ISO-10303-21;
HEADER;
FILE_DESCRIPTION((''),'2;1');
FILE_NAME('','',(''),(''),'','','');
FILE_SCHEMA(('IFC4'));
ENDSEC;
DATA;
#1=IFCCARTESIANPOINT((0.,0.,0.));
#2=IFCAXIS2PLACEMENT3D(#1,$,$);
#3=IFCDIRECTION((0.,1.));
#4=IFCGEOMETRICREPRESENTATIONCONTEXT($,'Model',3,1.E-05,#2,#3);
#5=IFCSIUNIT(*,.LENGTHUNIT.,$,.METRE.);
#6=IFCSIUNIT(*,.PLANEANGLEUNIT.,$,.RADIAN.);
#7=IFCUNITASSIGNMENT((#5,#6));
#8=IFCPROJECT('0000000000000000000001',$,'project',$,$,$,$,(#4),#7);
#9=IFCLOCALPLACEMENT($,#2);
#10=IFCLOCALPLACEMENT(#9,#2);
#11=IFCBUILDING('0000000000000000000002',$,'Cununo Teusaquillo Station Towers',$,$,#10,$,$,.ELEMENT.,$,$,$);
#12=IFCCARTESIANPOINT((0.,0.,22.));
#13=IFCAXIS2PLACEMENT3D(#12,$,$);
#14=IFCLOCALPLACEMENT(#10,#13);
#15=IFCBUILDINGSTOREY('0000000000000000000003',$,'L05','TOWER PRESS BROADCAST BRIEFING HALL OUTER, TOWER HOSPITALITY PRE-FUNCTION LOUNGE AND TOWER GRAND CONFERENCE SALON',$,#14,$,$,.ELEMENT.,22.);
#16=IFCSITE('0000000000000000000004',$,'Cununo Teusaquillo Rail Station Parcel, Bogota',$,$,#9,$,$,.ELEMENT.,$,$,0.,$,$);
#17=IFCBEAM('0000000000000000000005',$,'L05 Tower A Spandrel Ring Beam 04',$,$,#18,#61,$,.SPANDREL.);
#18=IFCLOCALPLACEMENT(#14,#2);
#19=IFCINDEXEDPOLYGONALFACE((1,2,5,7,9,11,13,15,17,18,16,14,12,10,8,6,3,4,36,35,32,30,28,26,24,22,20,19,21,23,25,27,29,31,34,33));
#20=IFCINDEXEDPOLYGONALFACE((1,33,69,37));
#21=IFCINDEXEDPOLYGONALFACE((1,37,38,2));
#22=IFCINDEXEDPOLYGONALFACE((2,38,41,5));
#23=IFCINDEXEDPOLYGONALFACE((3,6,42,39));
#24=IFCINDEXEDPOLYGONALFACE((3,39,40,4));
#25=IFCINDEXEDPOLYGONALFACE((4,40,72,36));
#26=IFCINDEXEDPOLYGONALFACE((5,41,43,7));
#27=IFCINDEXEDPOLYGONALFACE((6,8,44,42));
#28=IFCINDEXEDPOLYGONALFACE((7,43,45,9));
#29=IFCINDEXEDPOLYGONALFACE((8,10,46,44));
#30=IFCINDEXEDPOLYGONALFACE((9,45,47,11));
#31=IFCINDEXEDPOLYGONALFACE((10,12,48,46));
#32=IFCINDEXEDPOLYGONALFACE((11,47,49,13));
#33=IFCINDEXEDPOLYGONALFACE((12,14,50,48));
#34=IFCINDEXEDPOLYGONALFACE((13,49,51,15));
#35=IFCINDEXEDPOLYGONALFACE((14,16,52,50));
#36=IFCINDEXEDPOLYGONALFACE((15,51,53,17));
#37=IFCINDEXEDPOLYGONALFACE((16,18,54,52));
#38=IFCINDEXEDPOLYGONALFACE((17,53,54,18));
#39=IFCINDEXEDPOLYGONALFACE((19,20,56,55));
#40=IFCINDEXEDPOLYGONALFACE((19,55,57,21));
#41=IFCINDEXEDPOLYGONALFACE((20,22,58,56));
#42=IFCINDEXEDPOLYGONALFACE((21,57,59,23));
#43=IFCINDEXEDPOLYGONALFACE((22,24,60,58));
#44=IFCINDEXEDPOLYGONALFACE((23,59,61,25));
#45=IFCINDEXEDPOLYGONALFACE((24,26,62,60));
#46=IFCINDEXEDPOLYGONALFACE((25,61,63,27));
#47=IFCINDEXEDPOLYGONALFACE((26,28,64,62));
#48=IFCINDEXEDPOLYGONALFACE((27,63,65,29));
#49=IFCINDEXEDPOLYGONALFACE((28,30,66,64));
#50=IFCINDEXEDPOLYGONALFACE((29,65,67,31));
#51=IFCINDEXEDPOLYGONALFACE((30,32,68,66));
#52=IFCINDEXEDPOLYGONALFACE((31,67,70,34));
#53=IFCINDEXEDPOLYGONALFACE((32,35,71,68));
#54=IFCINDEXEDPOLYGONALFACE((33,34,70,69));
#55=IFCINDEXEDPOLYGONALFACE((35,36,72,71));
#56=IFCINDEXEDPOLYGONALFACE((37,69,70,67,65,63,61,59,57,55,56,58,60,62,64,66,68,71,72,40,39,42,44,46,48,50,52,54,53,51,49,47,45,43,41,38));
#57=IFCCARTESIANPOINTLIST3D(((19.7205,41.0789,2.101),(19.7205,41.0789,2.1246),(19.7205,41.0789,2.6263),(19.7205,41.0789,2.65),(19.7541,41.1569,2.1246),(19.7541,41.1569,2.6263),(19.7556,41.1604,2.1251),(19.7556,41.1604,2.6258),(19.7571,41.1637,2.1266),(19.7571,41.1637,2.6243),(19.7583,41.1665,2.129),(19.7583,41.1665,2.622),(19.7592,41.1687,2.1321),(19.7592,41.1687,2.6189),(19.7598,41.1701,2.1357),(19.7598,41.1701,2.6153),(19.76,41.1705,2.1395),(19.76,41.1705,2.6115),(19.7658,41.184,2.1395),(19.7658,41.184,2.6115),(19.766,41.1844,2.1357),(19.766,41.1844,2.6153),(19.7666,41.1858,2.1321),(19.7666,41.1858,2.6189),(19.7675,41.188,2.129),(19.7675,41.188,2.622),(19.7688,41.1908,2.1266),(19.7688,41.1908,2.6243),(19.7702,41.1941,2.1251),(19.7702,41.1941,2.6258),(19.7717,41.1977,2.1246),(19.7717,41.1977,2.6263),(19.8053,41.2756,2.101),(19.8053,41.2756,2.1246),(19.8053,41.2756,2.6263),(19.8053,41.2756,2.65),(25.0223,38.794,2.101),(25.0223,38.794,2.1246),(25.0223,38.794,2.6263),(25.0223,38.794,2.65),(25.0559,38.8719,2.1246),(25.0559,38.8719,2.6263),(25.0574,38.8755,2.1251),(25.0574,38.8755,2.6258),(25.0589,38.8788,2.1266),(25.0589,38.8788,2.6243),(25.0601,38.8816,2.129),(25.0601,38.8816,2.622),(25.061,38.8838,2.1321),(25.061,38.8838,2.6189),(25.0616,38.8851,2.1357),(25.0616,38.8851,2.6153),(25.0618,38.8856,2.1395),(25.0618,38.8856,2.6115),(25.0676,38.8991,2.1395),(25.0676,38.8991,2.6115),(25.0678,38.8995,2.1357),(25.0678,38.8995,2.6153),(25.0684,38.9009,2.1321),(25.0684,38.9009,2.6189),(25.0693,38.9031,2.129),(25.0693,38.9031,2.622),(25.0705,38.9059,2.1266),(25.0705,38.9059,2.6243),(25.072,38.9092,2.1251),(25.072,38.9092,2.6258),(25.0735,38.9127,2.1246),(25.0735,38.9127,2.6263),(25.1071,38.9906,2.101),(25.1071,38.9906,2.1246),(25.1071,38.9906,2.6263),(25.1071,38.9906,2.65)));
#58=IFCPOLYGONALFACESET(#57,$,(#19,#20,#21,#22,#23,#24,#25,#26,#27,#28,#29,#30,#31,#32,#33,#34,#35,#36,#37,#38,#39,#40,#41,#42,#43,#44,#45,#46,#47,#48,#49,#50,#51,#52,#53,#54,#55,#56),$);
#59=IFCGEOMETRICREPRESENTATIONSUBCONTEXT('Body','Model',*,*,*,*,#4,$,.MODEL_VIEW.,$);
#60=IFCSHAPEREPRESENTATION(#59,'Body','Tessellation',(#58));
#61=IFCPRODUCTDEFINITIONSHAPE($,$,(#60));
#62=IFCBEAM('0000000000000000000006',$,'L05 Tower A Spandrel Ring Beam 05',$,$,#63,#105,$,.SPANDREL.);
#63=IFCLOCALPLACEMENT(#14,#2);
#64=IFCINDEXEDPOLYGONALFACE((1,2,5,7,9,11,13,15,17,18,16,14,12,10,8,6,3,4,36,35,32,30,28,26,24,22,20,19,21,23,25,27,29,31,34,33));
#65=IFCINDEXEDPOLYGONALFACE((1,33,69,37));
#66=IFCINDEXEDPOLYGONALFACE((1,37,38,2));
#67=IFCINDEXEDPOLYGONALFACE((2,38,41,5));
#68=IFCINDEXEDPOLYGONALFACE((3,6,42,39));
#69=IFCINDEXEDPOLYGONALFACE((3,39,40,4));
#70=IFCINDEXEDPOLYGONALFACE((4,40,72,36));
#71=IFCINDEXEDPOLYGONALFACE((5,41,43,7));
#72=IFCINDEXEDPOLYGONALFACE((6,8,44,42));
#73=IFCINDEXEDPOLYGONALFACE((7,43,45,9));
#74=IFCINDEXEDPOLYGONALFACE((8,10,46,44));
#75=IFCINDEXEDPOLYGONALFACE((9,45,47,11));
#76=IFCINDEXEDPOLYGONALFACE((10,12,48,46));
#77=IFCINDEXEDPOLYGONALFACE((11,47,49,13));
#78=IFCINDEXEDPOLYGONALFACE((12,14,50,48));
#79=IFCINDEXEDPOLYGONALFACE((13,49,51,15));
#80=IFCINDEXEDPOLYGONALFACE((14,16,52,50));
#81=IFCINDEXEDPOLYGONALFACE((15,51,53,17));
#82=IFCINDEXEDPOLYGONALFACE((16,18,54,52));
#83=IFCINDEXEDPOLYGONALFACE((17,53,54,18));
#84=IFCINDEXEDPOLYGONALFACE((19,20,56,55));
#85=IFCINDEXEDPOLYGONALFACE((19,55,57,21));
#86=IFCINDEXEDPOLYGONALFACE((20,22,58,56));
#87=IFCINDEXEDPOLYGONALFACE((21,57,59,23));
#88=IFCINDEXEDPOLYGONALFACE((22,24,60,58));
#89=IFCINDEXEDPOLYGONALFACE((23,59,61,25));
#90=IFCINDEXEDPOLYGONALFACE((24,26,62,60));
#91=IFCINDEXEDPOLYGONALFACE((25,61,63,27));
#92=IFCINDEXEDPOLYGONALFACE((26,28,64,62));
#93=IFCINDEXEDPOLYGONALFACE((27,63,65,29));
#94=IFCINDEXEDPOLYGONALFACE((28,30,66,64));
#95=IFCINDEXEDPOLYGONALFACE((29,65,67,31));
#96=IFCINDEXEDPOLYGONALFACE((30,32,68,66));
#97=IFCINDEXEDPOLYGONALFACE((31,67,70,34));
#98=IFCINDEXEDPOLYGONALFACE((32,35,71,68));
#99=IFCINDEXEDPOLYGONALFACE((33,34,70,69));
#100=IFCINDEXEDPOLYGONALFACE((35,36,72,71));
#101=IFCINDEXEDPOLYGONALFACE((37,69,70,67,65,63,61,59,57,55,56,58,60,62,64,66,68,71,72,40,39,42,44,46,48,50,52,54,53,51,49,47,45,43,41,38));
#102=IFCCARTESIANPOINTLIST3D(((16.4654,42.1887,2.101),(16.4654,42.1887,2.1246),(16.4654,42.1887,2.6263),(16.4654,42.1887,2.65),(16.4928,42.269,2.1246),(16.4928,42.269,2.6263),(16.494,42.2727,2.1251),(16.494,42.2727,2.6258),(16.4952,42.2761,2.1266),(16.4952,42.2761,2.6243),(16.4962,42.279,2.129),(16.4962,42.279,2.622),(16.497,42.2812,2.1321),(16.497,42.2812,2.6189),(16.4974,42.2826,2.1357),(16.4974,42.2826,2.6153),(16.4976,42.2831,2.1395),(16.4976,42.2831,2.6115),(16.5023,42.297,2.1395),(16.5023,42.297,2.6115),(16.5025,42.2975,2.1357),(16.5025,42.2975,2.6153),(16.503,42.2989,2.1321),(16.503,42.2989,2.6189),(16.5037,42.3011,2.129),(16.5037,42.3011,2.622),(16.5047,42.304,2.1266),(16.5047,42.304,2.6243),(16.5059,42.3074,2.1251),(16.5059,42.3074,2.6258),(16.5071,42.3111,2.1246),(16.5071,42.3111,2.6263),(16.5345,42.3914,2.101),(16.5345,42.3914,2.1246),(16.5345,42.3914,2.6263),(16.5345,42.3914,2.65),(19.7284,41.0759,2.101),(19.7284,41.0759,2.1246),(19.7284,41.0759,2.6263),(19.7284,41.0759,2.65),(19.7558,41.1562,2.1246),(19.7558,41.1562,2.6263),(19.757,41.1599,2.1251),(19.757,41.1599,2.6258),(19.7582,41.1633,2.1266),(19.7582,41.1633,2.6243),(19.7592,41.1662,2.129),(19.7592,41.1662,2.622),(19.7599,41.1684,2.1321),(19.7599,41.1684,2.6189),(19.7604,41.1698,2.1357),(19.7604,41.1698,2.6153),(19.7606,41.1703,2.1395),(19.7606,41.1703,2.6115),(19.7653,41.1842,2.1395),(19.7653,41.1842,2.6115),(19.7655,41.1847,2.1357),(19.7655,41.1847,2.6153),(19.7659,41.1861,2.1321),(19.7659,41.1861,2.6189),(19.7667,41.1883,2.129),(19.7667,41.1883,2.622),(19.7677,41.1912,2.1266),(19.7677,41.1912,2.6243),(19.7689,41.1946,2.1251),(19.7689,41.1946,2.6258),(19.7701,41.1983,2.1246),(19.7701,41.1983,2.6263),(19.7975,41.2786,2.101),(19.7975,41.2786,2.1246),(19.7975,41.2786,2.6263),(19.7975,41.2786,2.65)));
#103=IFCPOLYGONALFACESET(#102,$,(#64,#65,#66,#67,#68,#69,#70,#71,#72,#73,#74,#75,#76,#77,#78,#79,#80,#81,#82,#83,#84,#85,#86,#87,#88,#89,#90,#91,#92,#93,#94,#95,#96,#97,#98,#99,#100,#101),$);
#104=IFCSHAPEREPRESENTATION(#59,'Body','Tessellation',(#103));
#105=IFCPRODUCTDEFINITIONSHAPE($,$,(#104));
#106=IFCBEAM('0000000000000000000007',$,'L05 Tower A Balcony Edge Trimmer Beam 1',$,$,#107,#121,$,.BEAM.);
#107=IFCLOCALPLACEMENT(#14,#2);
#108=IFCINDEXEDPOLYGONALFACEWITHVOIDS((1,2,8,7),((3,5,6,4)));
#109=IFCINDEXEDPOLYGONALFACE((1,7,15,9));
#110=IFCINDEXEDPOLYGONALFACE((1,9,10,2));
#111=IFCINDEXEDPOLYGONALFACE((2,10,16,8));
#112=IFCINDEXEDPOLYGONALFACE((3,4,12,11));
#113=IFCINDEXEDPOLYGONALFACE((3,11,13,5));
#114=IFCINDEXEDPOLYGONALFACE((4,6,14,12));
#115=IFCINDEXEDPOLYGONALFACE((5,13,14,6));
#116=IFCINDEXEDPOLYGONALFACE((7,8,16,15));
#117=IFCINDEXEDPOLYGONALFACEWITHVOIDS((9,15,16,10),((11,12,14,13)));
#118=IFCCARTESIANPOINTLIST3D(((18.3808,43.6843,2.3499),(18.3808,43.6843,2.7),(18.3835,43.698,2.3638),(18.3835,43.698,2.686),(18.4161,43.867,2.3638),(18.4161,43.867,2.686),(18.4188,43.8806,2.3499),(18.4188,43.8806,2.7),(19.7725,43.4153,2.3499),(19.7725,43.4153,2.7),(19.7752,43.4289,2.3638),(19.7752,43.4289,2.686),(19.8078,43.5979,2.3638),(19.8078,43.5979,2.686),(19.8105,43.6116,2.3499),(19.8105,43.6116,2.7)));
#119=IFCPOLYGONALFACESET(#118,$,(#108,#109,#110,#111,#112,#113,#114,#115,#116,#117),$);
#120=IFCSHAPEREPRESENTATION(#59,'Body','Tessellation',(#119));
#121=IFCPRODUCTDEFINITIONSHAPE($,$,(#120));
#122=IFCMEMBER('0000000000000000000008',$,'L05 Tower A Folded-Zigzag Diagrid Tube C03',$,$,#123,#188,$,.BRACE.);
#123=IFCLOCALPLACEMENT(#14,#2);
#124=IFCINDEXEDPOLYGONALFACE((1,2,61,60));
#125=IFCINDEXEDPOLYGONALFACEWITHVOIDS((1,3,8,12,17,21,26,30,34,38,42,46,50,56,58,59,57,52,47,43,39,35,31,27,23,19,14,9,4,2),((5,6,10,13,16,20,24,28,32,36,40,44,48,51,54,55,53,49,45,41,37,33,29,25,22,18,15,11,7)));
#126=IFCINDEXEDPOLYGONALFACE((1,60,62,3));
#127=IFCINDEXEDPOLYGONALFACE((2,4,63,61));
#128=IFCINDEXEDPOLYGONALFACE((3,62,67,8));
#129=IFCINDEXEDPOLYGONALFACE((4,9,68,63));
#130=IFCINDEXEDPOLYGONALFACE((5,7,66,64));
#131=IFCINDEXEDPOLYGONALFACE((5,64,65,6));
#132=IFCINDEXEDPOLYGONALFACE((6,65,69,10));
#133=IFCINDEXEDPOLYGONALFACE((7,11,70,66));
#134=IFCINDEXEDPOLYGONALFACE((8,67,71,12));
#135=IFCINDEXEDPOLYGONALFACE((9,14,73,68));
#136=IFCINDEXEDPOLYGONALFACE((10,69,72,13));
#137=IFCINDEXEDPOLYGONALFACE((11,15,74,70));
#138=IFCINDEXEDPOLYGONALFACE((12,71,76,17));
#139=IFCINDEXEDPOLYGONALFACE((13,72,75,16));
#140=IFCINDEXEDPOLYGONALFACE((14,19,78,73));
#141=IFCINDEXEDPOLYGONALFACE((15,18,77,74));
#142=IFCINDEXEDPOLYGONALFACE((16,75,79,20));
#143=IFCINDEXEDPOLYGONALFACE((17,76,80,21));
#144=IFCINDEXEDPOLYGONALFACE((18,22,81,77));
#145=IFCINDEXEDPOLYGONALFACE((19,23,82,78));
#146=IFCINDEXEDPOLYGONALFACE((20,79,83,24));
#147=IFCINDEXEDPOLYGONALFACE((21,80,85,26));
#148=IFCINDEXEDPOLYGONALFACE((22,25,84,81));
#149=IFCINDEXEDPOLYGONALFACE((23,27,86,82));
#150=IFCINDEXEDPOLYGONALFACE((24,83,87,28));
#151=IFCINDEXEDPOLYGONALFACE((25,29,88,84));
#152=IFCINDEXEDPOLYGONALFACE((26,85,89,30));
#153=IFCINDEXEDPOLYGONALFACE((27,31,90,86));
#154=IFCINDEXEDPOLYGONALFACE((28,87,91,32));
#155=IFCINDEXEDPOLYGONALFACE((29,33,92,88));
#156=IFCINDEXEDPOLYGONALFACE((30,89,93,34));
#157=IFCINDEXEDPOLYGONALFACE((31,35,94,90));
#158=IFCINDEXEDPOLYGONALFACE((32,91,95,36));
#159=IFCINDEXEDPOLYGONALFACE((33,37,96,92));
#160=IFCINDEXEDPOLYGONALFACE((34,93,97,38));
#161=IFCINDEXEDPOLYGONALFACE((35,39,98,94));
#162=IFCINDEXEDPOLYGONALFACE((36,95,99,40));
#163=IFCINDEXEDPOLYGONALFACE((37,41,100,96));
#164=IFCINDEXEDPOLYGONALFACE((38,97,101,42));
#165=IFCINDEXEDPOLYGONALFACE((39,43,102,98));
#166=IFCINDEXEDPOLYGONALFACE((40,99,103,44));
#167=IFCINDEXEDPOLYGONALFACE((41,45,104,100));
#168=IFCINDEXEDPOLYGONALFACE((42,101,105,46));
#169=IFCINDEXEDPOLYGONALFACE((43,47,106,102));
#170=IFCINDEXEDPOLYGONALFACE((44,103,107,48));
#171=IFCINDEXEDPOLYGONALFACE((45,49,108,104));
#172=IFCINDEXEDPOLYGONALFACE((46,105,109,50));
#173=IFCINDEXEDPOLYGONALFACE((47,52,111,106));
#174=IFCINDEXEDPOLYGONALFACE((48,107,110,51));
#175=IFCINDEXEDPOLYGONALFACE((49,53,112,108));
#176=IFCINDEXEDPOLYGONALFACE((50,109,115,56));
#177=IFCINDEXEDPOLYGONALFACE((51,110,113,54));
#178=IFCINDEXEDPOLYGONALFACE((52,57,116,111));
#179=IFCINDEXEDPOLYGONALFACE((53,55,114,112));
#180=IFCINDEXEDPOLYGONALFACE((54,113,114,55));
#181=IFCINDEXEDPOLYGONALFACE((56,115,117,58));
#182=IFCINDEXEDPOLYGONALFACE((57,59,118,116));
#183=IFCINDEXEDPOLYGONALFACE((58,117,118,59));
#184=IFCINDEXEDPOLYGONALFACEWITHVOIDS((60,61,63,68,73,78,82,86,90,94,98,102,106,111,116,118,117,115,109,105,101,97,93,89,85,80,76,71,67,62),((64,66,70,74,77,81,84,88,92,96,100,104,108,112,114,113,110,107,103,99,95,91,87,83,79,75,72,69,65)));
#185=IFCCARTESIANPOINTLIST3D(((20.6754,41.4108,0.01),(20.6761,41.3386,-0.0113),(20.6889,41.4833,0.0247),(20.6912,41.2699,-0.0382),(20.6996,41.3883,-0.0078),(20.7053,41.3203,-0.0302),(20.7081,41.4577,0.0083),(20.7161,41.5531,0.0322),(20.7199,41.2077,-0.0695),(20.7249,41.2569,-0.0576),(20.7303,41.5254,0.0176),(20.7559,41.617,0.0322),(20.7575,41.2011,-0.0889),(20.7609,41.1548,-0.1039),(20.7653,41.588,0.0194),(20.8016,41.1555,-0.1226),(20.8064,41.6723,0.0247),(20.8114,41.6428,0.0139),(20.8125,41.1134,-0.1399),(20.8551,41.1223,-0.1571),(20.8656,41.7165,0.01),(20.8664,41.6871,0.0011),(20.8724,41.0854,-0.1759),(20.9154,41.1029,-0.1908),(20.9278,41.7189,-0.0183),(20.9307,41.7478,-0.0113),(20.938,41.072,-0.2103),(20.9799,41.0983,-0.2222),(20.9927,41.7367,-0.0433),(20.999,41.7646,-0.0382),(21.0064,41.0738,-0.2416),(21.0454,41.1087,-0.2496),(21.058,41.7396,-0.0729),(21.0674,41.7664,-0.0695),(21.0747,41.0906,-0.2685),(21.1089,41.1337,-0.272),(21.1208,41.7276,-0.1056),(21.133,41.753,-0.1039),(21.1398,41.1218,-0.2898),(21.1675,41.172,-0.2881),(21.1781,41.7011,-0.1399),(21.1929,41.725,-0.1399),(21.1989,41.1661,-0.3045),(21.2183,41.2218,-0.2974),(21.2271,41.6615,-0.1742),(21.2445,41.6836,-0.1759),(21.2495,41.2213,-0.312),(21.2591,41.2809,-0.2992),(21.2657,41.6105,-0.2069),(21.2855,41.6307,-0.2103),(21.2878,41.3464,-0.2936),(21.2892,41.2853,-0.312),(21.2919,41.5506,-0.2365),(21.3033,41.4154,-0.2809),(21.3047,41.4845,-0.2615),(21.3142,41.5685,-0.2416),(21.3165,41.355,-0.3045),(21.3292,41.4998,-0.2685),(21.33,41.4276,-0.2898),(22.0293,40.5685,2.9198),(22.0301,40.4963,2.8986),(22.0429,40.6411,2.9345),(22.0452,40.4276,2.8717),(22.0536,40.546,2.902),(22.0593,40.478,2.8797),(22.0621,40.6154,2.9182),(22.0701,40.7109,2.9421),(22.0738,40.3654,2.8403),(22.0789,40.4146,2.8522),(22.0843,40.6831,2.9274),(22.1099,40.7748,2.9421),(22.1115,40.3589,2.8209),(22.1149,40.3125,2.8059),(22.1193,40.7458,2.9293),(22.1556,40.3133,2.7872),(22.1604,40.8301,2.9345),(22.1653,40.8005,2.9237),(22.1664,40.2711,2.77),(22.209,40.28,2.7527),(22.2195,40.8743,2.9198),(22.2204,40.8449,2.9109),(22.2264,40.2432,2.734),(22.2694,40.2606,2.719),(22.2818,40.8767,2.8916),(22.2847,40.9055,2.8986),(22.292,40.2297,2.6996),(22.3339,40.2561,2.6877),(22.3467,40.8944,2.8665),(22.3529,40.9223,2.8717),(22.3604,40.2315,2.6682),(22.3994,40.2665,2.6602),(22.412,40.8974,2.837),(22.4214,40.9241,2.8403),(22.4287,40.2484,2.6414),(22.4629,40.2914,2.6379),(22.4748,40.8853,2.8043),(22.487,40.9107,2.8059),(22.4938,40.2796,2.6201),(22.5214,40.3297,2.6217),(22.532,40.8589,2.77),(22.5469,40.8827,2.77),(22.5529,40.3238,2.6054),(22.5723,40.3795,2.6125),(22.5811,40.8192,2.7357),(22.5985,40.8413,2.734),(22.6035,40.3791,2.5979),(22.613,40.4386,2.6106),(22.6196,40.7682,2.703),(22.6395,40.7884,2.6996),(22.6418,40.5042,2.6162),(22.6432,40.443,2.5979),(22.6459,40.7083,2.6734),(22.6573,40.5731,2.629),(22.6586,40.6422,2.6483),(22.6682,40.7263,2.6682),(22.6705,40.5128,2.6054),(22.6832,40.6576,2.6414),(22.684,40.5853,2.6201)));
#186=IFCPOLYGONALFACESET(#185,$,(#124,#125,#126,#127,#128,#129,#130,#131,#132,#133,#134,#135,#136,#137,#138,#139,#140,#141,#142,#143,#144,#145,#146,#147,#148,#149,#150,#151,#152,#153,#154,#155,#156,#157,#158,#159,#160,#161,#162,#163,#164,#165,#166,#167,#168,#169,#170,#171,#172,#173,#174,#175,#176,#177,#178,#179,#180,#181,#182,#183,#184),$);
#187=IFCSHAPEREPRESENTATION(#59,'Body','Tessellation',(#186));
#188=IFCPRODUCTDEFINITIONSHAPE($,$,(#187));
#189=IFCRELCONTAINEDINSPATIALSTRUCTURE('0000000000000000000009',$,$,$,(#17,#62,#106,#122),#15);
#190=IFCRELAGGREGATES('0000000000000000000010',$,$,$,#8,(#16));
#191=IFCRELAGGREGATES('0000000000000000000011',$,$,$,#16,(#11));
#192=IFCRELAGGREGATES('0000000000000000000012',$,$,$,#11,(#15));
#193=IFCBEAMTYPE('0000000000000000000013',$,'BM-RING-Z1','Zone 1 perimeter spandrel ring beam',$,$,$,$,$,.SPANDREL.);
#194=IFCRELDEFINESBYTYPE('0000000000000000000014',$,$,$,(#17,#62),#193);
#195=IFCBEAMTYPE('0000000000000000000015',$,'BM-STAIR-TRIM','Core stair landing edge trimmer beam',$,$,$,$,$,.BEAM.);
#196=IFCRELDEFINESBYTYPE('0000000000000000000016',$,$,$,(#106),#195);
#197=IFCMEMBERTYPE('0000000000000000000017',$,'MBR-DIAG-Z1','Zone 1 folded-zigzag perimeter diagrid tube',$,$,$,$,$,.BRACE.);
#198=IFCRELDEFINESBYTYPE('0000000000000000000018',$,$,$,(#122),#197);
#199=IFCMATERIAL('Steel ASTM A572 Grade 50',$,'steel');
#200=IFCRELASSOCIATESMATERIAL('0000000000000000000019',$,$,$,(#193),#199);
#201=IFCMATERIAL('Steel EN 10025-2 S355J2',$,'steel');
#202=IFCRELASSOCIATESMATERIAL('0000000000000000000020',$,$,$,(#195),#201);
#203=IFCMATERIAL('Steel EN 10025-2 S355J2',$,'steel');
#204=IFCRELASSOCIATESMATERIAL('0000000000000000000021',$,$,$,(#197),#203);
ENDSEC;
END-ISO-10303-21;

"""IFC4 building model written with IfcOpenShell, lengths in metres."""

from ifc_helpers import new_model, si_unit, direction, frame, origin, origin_2d, place, context, subcontext, project, spatial, hollow_rectangle, hollow_circle, i_section, extrude, material, material_profile, profile_set, type_object, element, save


model = new_model("IFC4")

# Units and contexts
model_context = context("Model", 3, precision=1e-05, world=origin(), true_north=direction((0.0, 1.0)))
body_context = subcontext(model_context, "Body", "Model", "MODEL_VIEW")
ifc_project = project(units=[si_unit("LENGTHUNIT", "METRE"), si_unit("PLANEANGLEUNIT", "RADIAN")], contexts=[model_context])

# Site, building, storey
site_placement = place(None, origin())
site = spatial("IfcSite", under=ifc_project, at=site_placement, Name="Cununo Teusaquillo Rail Station Parcel, Bogota", CompositionType="ELEMENT", RefElevation=0.0)
building_placement = place(site_placement, origin())
building = spatial("IfcBuilding", under=site, at=building_placement, Name="Cununo Teusaquillo Station Towers", CompositionType="ELEMENT")
storey_placement = place(building_placement, frame((0.0, 0.0, 22.0)))
storey = spatial("IfcBuildingStorey", under=building, at=storey_placement, Name="L05", Description="TOWER PRESS BROADCAST BRIEFING HALL OUTER, TOWER HOSPITALITY PRE-FUNCTION LOUNGE AND TOWER GRAND CONFERENCE SALON", CompositionType="ELEMENT", Elevation=22.0)

# Beams
ifc_material_1 = material(Name="Steel ASTM A572 Grade 50", Category="steel")
ifc_material_profile_1 = material_profile(ifc_material_1, i_section(OverallWidth=0.2141, OverallDepth=0.5491, WebThickness=0.0146, FlangeThickness=0.0237, FilletRadius=0.0149, at=origin_2d()), Name="W21X93")
ifc_profile_set_1 = profile_set([ifc_material_profile_1], Name="Steel ASTM A572 Grade 50")
beam_type_1 = type_object("IfcBeamType", Name="BM-RING-Z1", Description="Zone 1 perimeter spandrel ring beam", PredefinedType="SPANDREL", material=ifc_profile_set_1)
beam_1_placement = place(storey_placement, frame((25.0647, 38.8923, 2.3755), z_axis=(-0.918345, 0.395781, 0.0), x_axis=(-0.395781, -0.918345, 0.0)))
element("IfcBeam", 1, at=beam_1_placement, inside=storey, type_object=beam_type_1, Name="L05 Tower A Spandrel Ring Beam 04", PredefinedType="SPANDREL", context=body_context, shape_type="SweptSolid", body=[
    extrude(i_section(OverallWidth=0.2141, OverallDepth=0.5491, WebThickness=0.0146, FlangeThickness=0.0237, FilletRadius=0.0149, at=origin_2d()), origin(), (0.0, 0.0, 1.0), 5.7732),
])
beam_2_placement = place(storey_placement, frame((19.7629, 41.1772, 2.3755), z_axis=(-0.946472, 0.322785, 0.0), x_axis=(-0.322785, -0.946472, 0.0)))
element("IfcBeam", 2, at=beam_2_placement, inside=storey, type_object=beam_type_1, Name="L05 Tower A Spandrel Ring Beam 05", PredefinedType="SPANDREL", context=body_context, shape_type="SweptSolid", body=[
    extrude(i_section(OverallWidth=0.2141, OverallDepth=0.5491, WebThickness=0.0146, FlangeThickness=0.0237, FilletRadius=0.0149, at=origin_2d()), origin(), (0.0, 0.0, 1.0), 3.4475),
])
ifc_material_2 = material(Name="Steel EN 10025-2 S355J2", Category="steel")
ifc_material_profile_2 = material_profile(ifc_material_2, hollow_rectangle(XDim=0.2, YDim=0.3501, WallThickness=0.0139, at=origin_2d()), Name="RHS 350x200x14")
ifc_profile_set_2 = profile_set([ifc_material_profile_2], Name="Steel EN 10025-2 S355J2")
beam_type_2 = type_object("IfcBeamType", Name="BM-STAIR-TRIM", Description="Core stair landing edge trimmer beam", PredefinedType="BEAM", material=ifc_profile_set_2)
beam_3_placement = place(storey_placement, frame((19.7915, 43.5134, 2.5249), z_axis=(-0.981819, 0.189818, 0.0), x_axis=(-0.189818, -0.981819, 0.0)))
element("IfcBeam", 3, at=beam_3_placement, inside=storey, type_object=beam_type_2, Name="L05 Tower A Balcony Edge Trimmer Beam 1", PredefinedType="BEAM", context=body_context, shape_type="SweptSolid", body=[
    extrude(hollow_rectangle(XDim=0.2, YDim=0.3501, WallThickness=0.0139, at=origin_2d()), origin(), (0.0, 0.0, 1.0), 1.4175),
])

# Member
ifc_material_3 = material(Name="Steel EN 10025-2 S355J2", Category="steel")
ifc_material_profile_3 = material_profile(ifc_material_3, hollow_circle(Radius=0.3601, WallThickness=0.0281, at=origin_2d()), Name="CHS 720x28")
ifc_profile_set_3 = profile_set([ifc_material_profile_3], Name="Steel EN 10025-2 S355J2")
member_type = type_object("IfcMemberType", Name="MBR-DIAG-Z1", Description="Zone 1 folded-zigzag perimeter diagrid tube", PredefinedType="BRACE", material=ifc_profile_set_3)
member_placement = place(storey_placement, frame((21.0027, 41.4192, -0.1399), z_axis=(0.408055, -0.253839, 0.876959), x_axis=(0.528209, 0.849115, 0.0)))
element("IfcMember", 4, at=member_placement, inside=storey, type_object=member_type, Name="L05 Tower A Folded-Zigzag Diagrid Tube C03", PredefinedType="BRACE", context=body_context, shape_type="SweptSolid", body=[
    extrude(hollow_circle(Radius=0.3601, WallThickness=0.0281, at=origin_2d()), origin(), (0.0, 0.0, 1.0), 3.3181),
])

save(model, "model.ifc")
